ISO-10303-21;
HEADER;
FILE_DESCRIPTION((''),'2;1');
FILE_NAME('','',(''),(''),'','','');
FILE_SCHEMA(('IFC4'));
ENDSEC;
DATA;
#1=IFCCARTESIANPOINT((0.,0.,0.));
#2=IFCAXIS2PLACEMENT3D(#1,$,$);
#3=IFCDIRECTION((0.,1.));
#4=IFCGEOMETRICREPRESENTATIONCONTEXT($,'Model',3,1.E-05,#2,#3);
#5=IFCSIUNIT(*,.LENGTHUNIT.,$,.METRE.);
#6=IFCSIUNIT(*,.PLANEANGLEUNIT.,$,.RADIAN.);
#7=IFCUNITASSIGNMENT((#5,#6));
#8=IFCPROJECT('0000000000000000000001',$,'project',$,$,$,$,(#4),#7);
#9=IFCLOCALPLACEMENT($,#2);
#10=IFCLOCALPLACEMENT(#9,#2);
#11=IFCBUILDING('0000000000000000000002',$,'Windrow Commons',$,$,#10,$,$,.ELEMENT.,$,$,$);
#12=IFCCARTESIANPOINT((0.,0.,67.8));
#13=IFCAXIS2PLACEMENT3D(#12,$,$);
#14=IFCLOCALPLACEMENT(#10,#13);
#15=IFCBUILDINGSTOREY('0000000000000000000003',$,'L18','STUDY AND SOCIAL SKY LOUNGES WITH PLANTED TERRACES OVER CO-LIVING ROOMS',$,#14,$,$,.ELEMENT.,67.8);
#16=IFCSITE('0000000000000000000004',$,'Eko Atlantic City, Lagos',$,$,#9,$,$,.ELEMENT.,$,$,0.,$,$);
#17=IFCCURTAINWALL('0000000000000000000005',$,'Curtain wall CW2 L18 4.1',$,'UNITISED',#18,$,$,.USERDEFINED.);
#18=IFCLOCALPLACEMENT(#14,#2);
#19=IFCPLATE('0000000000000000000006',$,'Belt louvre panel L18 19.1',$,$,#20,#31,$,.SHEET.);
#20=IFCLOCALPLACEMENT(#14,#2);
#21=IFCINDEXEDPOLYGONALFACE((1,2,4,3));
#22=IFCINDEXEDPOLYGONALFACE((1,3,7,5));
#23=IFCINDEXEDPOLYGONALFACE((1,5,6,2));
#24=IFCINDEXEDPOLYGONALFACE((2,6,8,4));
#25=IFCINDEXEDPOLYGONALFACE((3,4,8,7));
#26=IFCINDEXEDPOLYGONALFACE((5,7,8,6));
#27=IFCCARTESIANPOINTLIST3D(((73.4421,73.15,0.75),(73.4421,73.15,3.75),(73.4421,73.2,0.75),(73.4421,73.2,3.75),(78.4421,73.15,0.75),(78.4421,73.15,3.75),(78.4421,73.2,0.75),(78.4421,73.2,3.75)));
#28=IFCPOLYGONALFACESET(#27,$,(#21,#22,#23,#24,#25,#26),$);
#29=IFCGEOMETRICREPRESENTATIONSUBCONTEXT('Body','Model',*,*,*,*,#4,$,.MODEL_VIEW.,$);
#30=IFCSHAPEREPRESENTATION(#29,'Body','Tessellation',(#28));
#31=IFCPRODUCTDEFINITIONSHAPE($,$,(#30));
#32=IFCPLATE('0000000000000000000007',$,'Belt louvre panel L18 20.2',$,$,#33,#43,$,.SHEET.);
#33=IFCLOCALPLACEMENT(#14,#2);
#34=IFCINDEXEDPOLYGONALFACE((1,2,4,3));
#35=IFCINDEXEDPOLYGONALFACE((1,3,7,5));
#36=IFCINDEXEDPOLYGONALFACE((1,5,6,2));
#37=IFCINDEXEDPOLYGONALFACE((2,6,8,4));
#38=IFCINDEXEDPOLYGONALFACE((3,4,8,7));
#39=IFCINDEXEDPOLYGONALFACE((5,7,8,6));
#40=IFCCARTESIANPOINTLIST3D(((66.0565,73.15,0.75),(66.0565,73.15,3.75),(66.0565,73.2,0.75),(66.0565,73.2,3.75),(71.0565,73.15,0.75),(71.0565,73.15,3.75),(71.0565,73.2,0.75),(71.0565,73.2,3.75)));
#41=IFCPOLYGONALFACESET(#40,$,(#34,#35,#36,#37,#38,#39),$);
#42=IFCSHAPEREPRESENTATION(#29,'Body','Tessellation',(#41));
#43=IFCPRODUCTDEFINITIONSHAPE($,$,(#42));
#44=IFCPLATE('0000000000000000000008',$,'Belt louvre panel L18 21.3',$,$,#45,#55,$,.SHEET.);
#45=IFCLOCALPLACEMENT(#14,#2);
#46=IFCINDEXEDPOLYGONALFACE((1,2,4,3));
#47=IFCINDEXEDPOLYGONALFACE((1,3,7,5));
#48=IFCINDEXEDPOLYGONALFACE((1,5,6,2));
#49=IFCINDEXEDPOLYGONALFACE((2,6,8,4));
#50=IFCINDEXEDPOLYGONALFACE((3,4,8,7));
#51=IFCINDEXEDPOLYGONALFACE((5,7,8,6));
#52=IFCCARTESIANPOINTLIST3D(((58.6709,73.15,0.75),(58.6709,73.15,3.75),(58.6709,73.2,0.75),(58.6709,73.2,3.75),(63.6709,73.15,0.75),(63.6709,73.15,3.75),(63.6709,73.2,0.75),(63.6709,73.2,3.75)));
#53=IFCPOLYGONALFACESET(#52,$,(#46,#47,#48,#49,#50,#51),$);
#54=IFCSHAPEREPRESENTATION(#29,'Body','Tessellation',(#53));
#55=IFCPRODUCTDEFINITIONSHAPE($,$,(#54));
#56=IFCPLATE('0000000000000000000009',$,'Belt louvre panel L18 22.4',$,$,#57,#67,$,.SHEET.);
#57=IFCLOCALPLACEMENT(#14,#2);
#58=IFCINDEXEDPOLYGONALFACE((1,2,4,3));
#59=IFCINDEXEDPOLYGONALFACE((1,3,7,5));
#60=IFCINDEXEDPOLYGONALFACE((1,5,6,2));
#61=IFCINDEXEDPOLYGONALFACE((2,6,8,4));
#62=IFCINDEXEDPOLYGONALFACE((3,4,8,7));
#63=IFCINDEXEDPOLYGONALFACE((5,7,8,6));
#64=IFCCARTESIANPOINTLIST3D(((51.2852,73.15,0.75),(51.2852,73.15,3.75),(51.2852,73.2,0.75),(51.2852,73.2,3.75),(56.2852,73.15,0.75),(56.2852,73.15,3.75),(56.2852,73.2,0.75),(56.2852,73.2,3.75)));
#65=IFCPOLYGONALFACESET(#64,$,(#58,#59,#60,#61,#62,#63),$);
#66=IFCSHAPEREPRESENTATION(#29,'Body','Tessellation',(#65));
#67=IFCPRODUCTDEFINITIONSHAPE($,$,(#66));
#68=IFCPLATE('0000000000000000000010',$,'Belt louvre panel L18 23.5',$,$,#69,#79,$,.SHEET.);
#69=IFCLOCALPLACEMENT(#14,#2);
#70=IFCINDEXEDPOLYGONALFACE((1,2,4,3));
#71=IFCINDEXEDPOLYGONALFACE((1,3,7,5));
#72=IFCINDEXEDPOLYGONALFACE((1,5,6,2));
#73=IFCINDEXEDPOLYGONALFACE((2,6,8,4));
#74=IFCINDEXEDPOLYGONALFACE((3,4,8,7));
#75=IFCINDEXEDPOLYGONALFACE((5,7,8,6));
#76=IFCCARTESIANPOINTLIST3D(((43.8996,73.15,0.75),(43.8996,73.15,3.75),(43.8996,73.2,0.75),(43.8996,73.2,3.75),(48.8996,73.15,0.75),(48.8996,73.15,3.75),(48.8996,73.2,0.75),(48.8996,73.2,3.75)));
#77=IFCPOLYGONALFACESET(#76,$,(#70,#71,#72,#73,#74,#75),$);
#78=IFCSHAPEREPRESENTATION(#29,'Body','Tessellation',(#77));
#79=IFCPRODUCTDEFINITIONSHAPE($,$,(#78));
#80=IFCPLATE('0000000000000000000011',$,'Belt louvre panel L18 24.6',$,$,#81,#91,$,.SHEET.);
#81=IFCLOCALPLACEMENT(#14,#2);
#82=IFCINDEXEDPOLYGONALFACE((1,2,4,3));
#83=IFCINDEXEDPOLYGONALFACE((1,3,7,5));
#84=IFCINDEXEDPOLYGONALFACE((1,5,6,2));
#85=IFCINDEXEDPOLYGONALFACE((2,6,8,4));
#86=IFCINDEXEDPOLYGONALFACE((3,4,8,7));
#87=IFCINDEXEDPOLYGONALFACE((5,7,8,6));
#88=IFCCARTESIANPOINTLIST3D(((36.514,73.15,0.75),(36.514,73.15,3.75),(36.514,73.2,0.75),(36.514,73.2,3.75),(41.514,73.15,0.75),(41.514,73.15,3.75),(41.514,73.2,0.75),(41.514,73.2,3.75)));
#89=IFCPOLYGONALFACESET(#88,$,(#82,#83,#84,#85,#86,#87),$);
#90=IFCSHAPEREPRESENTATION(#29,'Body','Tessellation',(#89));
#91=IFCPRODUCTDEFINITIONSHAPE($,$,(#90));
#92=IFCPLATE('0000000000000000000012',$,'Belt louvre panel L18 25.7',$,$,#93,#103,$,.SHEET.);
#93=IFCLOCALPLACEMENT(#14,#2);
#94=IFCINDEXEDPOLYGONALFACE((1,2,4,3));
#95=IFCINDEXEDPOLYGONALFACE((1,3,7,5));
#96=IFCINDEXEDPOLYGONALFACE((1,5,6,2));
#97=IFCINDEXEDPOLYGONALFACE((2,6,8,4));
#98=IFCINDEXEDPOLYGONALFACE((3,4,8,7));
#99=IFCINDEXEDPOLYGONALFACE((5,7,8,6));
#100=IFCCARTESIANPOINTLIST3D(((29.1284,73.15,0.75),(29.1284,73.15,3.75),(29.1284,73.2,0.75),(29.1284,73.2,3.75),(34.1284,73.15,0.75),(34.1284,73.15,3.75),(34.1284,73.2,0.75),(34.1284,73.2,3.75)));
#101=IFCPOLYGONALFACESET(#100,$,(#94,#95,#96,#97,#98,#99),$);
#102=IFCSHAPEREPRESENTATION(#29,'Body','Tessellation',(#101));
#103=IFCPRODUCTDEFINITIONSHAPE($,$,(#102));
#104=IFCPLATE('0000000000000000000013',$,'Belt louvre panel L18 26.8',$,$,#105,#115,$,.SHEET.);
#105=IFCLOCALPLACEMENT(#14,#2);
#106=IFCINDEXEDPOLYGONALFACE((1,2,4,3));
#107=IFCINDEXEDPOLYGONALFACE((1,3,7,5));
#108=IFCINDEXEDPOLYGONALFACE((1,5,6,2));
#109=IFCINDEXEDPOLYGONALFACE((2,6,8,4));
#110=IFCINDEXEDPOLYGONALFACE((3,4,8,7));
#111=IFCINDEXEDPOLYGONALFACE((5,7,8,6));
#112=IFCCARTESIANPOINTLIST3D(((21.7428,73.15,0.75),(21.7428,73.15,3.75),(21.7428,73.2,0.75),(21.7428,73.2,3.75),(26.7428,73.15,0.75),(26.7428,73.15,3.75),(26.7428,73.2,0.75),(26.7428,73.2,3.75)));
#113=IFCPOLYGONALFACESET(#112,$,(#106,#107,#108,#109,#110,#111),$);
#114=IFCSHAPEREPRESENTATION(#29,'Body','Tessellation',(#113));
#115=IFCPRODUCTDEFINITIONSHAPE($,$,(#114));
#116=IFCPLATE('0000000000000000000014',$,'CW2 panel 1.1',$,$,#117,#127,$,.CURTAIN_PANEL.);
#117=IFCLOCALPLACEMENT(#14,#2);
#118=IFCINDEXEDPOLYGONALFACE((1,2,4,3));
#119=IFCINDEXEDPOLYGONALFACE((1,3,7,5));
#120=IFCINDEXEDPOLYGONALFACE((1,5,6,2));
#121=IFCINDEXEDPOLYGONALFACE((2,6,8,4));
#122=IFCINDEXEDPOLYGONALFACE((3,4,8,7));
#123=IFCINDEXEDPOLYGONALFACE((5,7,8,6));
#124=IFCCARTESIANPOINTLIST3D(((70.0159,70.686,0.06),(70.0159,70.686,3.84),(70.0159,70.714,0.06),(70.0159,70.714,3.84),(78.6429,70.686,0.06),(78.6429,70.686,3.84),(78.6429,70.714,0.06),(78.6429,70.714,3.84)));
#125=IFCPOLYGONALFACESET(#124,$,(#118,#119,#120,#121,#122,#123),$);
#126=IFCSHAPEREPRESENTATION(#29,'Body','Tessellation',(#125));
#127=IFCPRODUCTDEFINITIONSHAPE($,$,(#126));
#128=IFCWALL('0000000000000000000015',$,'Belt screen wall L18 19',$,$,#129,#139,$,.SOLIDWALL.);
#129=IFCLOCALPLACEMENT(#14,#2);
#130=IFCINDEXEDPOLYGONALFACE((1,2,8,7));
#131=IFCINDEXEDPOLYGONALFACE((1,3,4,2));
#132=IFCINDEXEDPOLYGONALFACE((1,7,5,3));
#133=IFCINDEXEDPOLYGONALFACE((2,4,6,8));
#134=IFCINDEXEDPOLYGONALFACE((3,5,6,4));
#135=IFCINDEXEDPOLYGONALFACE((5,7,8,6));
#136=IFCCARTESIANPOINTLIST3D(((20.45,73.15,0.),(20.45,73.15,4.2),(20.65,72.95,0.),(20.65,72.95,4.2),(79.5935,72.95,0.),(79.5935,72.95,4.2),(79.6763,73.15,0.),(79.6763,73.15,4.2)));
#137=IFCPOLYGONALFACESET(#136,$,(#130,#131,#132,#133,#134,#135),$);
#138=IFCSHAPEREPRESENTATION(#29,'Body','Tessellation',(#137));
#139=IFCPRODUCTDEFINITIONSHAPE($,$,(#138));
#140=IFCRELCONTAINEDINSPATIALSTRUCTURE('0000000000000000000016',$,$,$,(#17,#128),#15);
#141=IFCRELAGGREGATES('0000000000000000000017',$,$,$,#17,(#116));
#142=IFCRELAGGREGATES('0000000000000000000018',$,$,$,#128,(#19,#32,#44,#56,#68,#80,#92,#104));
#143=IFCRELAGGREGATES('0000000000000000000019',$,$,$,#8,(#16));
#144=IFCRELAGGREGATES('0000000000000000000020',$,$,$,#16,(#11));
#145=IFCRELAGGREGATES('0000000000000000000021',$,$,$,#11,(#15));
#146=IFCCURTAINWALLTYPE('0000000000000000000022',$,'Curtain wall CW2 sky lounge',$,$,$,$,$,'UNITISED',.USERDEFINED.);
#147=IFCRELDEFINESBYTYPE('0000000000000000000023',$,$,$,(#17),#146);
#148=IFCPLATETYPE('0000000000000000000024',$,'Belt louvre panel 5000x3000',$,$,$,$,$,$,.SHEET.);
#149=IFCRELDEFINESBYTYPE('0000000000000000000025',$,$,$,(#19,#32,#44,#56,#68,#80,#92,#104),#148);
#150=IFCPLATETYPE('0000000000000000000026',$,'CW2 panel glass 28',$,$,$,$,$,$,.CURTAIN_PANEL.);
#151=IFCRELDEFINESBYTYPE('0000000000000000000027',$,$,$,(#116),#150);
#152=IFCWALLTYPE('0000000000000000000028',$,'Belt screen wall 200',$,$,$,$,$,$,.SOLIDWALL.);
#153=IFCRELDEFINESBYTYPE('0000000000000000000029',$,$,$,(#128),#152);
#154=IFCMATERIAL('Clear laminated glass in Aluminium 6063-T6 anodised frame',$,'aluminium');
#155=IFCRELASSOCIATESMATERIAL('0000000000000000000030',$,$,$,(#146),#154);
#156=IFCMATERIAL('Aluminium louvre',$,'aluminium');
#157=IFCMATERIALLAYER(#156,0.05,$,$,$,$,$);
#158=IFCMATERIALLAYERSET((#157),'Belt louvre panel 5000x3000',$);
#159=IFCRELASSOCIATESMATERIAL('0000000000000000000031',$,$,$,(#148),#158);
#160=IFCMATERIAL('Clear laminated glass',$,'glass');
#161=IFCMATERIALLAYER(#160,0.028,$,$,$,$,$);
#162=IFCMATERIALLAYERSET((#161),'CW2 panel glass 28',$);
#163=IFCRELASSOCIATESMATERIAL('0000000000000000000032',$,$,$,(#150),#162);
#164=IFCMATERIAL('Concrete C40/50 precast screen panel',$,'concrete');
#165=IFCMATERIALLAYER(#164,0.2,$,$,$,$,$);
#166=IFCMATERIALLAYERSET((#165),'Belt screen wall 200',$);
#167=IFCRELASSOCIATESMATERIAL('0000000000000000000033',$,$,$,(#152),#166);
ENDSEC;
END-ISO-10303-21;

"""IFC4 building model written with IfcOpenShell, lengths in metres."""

from ifc_helpers import new_model, si_unit, direction, frame, origin, origin_2d, place, context, subcontext, project, spatial, polyline, rectangle, outline, extrude, material, layer, layer_set, type_object, element, aggregate, save


model = new_model("IFC4")

# Units and contexts
model_context = context("Model", 3, precision=1e-05, world=origin(), true_north=direction((0.0, 1.0)))
body_context = subcontext(model_context, "Body", "Model", "MODEL_VIEW")
ifc_project = project(units=[si_unit("LENGTHUNIT", "METRE"), si_unit("PLANEANGLEUNIT", "RADIAN")], contexts=[model_context])

# Site, building, storey
site_placement = place(None, origin())
site = spatial("IfcSite", under=ifc_project, at=site_placement, Name="Eko Atlantic City, Lagos", CompositionType="ELEMENT", RefElevation=0.0)
building_placement = place(site_placement, origin())
building = spatial("IfcBuilding", under=site, at=building_placement, Name="Windrow Commons", CompositionType="ELEMENT")
storey_placement = place(building_placement, frame((0.0, 0.0, 67.8)))
storey = spatial("IfcBuildingStorey", under=building, at=storey_placement, Name="L18", Description="STUDY AND SOCIAL SKY LOUNGES WITH PLANTED TERRACES OVER CO-LIVING ROOMS", CompositionType="ELEMENT", Elevation=67.8)

# Shared definitions
ifc_material_1 = material(Name="Clear laminated glass in Aluminium 6063-T6 anodised frame", Category="aluminium")
curtain_wall_type = type_object("IfcCurtainWallType", Name="Curtain wall CW2 sky lounge", ElementType="UNITISED", PredefinedType="USERDEFINED", material=ifc_material_1)
placement = place(storey_placement, origin())

# Curtain wall
curtain_wall_1 = element("IfcCurtainWall", 1, at=placement, inside=storey, type_object=curtain_wall_type, Name="Curtain wall CW2 L18 4.1", ObjectType="UNITISED", PredefinedType="USERDEFINED")

# Plates
ifc_material_2 = material(Name="Aluminium louvre", Category="aluminium")
ifc_layer_1 = layer(ifc_material_2, 0.05)
ifc_layer_set_1 = layer_set([ifc_layer_1], Name="Belt louvre panel 5000x3000")
plate_type_1 = type_object("IfcPlateType", Name="Belt louvre panel 5000x3000", PredefinedType="SHEET", material=ifc_layer_set_1)
plate_1_placement = place(storey_placement, frame((78.4421, 73.2, 0.75), z_axis=(0.0, 1.0, 0.0), x_axis=(-1.0, 0.0, 0.0)))
plate_1 = element("IfcPlate", 2, at=plate_1_placement, type_object=plate_type_1, Name="Belt louvre panel L18 19.1", PredefinedType="SHEET", context=body_context, shape_type="SweptSolid", body=[
    extrude(outline(polyline([(0.0, 0.0), (5.0, 0.0), (5.0, 3.0), (0.0, 3.0), (0.0, 0.0)])), origin(), (0.0, 0.0, -1.0), 0.05),
])
plate_2_placement = place(storey_placement, frame((71.0565, 73.2, 0.75), z_axis=(0.0, 1.0, 0.0), x_axis=(-1.0, 0.0, 0.0)))
plate_2 = element("IfcPlate", 3, at=plate_2_placement, type_object=plate_type_1, Name="Belt louvre panel L18 20.2", PredefinedType="SHEET", context=body_context, shape_type="SweptSolid", body=[
    extrude(outline(polyline([(0.0, 0.0), (5.0, 0.0), (5.0, 3.0), (0.0, 3.0), (0.0, 0.0)])), origin(), (0.0, 0.0, -1.0), 0.05),
])
plate_3_placement = place(storey_placement, frame((63.6709, 73.2, 0.75), z_axis=(0.0, 1.0, 0.0), x_axis=(-1.0, 0.0, 0.0)))
plate_3 = element("IfcPlate", 4, at=plate_3_placement, type_object=plate_type_1, Name="Belt louvre panel L18 21.3", PredefinedType="SHEET", context=body_context, shape_type="SweptSolid", body=[
    extrude(outline(polyline([(0.0, 0.0), (5.0, 0.0), (5.0, 3.0), (0.0, 3.0), (0.0, 0.0)])), origin(), (0.0, 0.0, -1.0), 0.05),
])
plate_4_placement = place(storey_placement, frame((56.2852, 73.2, 0.75), z_axis=(0.0, 1.0, 0.0), x_axis=(-1.0, 0.0, 0.0)))
plate_4 = element("IfcPlate", 5, at=plate_4_placement, type_object=plate_type_1, Name="Belt louvre panel L18 22.4", PredefinedType="SHEET", context=body_context, shape_type="SweptSolid", body=[
    extrude(outline(polyline([(0.0, 0.0), (5.0, 0.0), (5.0, 3.0), (0.0, 3.0), (0.0, 0.0)])), origin(), (0.0, 0.0, -1.0), 0.05),
])
plate_5_placement = place(storey_placement, frame((48.8996, 73.2, 0.75), z_axis=(0.0, 1.0, 0.0), x_axis=(-1.0, 0.0, 0.0)))
plate_5 = element("IfcPlate", 6, at=plate_5_placement, type_object=plate_type_1, Name="Belt louvre panel L18 23.5", PredefinedType="SHEET", context=body_context, shape_type="SweptSolid", body=[
    extrude(outline(polyline([(0.0, 0.0), (5.0, 0.0), (5.0, 3.0), (0.0, 3.0), (0.0, 0.0)])), origin(), (0.0, 0.0, -1.0), 0.05),
])
plate_6_placement = place(storey_placement, frame((41.514, 73.2, 0.75), z_axis=(0.0, 1.0, 0.0), x_axis=(-1.0, 0.0, 0.0)))
plate_6 = element("IfcPlate", 7, at=plate_6_placement, type_object=plate_type_1, Name="Belt louvre panel L18 24.6", PredefinedType="SHEET", context=body_context, shape_type="SweptSolid", body=[
    extrude(outline(polyline([(0.0, 0.0), (5.0, 0.0), (5.0, 3.0), (0.0, 3.0), (0.0, 0.0)])), origin(), (0.0, 0.0, -1.0), 0.05),
])
plate_7_placement = place(storey_placement, frame((34.1284, 73.2, 0.75), z_axis=(0.0, 1.0, 0.0), x_axis=(-1.0, 0.0, 0.0)))
plate_7 = element("IfcPlate", 8, at=plate_7_placement, type_object=plate_type_1, Name="Belt louvre panel L18 25.7", PredefinedType="SHEET", context=body_context, shape_type="SweptSolid", body=[
    extrude(outline(polyline([(0.0, 0.0), (5.0, 0.0), (5.0, 3.0), (0.0, 3.0), (0.0, 0.0)])), origin(), (0.0, 0.0, -1.0), 0.05),
])
plate_8_placement = place(storey_placement, frame((26.7428, 73.2, 0.75), z_axis=(0.0, 1.0, 0.0), x_axis=(-1.0, 0.0, 0.0)))
plate_8 = element("IfcPlate", 9, at=plate_8_placement, type_object=plate_type_1, Name="Belt louvre panel L18 26.8", PredefinedType="SHEET", context=body_context, shape_type="SweptSolid", body=[
    extrude(outline(polyline([(0.0, 0.0), (5.0, 0.0), (5.0, 3.0), (0.0, 3.0), (0.0, 0.0)])), origin(), (0.0, 0.0, -1.0), 0.05),
])
ifc_material_3 = material(Name="Clear laminated glass", Category="glass")
ifc_layer_2 = layer(ifc_material_3, 0.028)
ifc_layer_set_2 = layer_set([ifc_layer_2], Name="CW2 panel glass 28")
plate_type_2 = type_object("IfcPlateType", Name="CW2 panel glass 28", PredefinedType="CURTAIN_PANEL", material=ifc_layer_set_2)
plate_9_placement = place(storey_placement, frame((74.3294, 70.7, 0.06), z_axis=(0.0, 0.0, 1.0), x_axis=(-1.0, 0.0, 0.0)))
plate_9 = element("IfcPlate", 10, at=plate_9_placement, type_object=plate_type_2, Name="CW2 panel 1.1", PredefinedType="CURTAIN_PANEL", context=body_context, shape_type="SweptSolid", body=[
    extrude(rectangle(XDim=8.627, YDim=0.028, at=origin_2d()), origin(), (0.0, 0.0, 1.0), 3.78),
])
aggregate(curtain_wall_1, [plate_9])

# Wall
ifc_material_4 = material(Name="Concrete C40/50 precast screen panel", Category="concrete")
ifc_layer_3 = layer(ifc_material_4, 0.2)
ifc_layer_set_3 = layer_set([ifc_layer_3], Name="Belt screen wall 200")
wall_type = type_object("IfcWallType", Name="Belt screen wall 200", PredefinedType="SOLIDWALL", material=ifc_layer_set_3)
wall_placement = place(storey_placement, frame((79.6349, 73.05, 0.0), z_axis=(0.0, 0.0, 1.0), x_axis=(-1.0, 0.0, 0.0)))
wall = element("IfcWall", 11, at=wall_placement, inside=storey, type_object=wall_type, Name="Belt screen wall L18 19", PredefinedType="SOLIDWALL", context=body_context, shape_type="SweptSolid", body=[
    extrude(outline(polyline([(-0.0414, -0.1), (59.1849, -0.1), (58.9849, 0.1), (0.0414, 0.1), (-0.0414, -0.1)])), origin(), (0.0, 0.0, 1.0), 4.2),
])
aggregate(wall, [plate_1, plate_2, plate_3, plate_4, plate_5, plate_6, plate_7, plate_8])

save(model, "model.ifc")
